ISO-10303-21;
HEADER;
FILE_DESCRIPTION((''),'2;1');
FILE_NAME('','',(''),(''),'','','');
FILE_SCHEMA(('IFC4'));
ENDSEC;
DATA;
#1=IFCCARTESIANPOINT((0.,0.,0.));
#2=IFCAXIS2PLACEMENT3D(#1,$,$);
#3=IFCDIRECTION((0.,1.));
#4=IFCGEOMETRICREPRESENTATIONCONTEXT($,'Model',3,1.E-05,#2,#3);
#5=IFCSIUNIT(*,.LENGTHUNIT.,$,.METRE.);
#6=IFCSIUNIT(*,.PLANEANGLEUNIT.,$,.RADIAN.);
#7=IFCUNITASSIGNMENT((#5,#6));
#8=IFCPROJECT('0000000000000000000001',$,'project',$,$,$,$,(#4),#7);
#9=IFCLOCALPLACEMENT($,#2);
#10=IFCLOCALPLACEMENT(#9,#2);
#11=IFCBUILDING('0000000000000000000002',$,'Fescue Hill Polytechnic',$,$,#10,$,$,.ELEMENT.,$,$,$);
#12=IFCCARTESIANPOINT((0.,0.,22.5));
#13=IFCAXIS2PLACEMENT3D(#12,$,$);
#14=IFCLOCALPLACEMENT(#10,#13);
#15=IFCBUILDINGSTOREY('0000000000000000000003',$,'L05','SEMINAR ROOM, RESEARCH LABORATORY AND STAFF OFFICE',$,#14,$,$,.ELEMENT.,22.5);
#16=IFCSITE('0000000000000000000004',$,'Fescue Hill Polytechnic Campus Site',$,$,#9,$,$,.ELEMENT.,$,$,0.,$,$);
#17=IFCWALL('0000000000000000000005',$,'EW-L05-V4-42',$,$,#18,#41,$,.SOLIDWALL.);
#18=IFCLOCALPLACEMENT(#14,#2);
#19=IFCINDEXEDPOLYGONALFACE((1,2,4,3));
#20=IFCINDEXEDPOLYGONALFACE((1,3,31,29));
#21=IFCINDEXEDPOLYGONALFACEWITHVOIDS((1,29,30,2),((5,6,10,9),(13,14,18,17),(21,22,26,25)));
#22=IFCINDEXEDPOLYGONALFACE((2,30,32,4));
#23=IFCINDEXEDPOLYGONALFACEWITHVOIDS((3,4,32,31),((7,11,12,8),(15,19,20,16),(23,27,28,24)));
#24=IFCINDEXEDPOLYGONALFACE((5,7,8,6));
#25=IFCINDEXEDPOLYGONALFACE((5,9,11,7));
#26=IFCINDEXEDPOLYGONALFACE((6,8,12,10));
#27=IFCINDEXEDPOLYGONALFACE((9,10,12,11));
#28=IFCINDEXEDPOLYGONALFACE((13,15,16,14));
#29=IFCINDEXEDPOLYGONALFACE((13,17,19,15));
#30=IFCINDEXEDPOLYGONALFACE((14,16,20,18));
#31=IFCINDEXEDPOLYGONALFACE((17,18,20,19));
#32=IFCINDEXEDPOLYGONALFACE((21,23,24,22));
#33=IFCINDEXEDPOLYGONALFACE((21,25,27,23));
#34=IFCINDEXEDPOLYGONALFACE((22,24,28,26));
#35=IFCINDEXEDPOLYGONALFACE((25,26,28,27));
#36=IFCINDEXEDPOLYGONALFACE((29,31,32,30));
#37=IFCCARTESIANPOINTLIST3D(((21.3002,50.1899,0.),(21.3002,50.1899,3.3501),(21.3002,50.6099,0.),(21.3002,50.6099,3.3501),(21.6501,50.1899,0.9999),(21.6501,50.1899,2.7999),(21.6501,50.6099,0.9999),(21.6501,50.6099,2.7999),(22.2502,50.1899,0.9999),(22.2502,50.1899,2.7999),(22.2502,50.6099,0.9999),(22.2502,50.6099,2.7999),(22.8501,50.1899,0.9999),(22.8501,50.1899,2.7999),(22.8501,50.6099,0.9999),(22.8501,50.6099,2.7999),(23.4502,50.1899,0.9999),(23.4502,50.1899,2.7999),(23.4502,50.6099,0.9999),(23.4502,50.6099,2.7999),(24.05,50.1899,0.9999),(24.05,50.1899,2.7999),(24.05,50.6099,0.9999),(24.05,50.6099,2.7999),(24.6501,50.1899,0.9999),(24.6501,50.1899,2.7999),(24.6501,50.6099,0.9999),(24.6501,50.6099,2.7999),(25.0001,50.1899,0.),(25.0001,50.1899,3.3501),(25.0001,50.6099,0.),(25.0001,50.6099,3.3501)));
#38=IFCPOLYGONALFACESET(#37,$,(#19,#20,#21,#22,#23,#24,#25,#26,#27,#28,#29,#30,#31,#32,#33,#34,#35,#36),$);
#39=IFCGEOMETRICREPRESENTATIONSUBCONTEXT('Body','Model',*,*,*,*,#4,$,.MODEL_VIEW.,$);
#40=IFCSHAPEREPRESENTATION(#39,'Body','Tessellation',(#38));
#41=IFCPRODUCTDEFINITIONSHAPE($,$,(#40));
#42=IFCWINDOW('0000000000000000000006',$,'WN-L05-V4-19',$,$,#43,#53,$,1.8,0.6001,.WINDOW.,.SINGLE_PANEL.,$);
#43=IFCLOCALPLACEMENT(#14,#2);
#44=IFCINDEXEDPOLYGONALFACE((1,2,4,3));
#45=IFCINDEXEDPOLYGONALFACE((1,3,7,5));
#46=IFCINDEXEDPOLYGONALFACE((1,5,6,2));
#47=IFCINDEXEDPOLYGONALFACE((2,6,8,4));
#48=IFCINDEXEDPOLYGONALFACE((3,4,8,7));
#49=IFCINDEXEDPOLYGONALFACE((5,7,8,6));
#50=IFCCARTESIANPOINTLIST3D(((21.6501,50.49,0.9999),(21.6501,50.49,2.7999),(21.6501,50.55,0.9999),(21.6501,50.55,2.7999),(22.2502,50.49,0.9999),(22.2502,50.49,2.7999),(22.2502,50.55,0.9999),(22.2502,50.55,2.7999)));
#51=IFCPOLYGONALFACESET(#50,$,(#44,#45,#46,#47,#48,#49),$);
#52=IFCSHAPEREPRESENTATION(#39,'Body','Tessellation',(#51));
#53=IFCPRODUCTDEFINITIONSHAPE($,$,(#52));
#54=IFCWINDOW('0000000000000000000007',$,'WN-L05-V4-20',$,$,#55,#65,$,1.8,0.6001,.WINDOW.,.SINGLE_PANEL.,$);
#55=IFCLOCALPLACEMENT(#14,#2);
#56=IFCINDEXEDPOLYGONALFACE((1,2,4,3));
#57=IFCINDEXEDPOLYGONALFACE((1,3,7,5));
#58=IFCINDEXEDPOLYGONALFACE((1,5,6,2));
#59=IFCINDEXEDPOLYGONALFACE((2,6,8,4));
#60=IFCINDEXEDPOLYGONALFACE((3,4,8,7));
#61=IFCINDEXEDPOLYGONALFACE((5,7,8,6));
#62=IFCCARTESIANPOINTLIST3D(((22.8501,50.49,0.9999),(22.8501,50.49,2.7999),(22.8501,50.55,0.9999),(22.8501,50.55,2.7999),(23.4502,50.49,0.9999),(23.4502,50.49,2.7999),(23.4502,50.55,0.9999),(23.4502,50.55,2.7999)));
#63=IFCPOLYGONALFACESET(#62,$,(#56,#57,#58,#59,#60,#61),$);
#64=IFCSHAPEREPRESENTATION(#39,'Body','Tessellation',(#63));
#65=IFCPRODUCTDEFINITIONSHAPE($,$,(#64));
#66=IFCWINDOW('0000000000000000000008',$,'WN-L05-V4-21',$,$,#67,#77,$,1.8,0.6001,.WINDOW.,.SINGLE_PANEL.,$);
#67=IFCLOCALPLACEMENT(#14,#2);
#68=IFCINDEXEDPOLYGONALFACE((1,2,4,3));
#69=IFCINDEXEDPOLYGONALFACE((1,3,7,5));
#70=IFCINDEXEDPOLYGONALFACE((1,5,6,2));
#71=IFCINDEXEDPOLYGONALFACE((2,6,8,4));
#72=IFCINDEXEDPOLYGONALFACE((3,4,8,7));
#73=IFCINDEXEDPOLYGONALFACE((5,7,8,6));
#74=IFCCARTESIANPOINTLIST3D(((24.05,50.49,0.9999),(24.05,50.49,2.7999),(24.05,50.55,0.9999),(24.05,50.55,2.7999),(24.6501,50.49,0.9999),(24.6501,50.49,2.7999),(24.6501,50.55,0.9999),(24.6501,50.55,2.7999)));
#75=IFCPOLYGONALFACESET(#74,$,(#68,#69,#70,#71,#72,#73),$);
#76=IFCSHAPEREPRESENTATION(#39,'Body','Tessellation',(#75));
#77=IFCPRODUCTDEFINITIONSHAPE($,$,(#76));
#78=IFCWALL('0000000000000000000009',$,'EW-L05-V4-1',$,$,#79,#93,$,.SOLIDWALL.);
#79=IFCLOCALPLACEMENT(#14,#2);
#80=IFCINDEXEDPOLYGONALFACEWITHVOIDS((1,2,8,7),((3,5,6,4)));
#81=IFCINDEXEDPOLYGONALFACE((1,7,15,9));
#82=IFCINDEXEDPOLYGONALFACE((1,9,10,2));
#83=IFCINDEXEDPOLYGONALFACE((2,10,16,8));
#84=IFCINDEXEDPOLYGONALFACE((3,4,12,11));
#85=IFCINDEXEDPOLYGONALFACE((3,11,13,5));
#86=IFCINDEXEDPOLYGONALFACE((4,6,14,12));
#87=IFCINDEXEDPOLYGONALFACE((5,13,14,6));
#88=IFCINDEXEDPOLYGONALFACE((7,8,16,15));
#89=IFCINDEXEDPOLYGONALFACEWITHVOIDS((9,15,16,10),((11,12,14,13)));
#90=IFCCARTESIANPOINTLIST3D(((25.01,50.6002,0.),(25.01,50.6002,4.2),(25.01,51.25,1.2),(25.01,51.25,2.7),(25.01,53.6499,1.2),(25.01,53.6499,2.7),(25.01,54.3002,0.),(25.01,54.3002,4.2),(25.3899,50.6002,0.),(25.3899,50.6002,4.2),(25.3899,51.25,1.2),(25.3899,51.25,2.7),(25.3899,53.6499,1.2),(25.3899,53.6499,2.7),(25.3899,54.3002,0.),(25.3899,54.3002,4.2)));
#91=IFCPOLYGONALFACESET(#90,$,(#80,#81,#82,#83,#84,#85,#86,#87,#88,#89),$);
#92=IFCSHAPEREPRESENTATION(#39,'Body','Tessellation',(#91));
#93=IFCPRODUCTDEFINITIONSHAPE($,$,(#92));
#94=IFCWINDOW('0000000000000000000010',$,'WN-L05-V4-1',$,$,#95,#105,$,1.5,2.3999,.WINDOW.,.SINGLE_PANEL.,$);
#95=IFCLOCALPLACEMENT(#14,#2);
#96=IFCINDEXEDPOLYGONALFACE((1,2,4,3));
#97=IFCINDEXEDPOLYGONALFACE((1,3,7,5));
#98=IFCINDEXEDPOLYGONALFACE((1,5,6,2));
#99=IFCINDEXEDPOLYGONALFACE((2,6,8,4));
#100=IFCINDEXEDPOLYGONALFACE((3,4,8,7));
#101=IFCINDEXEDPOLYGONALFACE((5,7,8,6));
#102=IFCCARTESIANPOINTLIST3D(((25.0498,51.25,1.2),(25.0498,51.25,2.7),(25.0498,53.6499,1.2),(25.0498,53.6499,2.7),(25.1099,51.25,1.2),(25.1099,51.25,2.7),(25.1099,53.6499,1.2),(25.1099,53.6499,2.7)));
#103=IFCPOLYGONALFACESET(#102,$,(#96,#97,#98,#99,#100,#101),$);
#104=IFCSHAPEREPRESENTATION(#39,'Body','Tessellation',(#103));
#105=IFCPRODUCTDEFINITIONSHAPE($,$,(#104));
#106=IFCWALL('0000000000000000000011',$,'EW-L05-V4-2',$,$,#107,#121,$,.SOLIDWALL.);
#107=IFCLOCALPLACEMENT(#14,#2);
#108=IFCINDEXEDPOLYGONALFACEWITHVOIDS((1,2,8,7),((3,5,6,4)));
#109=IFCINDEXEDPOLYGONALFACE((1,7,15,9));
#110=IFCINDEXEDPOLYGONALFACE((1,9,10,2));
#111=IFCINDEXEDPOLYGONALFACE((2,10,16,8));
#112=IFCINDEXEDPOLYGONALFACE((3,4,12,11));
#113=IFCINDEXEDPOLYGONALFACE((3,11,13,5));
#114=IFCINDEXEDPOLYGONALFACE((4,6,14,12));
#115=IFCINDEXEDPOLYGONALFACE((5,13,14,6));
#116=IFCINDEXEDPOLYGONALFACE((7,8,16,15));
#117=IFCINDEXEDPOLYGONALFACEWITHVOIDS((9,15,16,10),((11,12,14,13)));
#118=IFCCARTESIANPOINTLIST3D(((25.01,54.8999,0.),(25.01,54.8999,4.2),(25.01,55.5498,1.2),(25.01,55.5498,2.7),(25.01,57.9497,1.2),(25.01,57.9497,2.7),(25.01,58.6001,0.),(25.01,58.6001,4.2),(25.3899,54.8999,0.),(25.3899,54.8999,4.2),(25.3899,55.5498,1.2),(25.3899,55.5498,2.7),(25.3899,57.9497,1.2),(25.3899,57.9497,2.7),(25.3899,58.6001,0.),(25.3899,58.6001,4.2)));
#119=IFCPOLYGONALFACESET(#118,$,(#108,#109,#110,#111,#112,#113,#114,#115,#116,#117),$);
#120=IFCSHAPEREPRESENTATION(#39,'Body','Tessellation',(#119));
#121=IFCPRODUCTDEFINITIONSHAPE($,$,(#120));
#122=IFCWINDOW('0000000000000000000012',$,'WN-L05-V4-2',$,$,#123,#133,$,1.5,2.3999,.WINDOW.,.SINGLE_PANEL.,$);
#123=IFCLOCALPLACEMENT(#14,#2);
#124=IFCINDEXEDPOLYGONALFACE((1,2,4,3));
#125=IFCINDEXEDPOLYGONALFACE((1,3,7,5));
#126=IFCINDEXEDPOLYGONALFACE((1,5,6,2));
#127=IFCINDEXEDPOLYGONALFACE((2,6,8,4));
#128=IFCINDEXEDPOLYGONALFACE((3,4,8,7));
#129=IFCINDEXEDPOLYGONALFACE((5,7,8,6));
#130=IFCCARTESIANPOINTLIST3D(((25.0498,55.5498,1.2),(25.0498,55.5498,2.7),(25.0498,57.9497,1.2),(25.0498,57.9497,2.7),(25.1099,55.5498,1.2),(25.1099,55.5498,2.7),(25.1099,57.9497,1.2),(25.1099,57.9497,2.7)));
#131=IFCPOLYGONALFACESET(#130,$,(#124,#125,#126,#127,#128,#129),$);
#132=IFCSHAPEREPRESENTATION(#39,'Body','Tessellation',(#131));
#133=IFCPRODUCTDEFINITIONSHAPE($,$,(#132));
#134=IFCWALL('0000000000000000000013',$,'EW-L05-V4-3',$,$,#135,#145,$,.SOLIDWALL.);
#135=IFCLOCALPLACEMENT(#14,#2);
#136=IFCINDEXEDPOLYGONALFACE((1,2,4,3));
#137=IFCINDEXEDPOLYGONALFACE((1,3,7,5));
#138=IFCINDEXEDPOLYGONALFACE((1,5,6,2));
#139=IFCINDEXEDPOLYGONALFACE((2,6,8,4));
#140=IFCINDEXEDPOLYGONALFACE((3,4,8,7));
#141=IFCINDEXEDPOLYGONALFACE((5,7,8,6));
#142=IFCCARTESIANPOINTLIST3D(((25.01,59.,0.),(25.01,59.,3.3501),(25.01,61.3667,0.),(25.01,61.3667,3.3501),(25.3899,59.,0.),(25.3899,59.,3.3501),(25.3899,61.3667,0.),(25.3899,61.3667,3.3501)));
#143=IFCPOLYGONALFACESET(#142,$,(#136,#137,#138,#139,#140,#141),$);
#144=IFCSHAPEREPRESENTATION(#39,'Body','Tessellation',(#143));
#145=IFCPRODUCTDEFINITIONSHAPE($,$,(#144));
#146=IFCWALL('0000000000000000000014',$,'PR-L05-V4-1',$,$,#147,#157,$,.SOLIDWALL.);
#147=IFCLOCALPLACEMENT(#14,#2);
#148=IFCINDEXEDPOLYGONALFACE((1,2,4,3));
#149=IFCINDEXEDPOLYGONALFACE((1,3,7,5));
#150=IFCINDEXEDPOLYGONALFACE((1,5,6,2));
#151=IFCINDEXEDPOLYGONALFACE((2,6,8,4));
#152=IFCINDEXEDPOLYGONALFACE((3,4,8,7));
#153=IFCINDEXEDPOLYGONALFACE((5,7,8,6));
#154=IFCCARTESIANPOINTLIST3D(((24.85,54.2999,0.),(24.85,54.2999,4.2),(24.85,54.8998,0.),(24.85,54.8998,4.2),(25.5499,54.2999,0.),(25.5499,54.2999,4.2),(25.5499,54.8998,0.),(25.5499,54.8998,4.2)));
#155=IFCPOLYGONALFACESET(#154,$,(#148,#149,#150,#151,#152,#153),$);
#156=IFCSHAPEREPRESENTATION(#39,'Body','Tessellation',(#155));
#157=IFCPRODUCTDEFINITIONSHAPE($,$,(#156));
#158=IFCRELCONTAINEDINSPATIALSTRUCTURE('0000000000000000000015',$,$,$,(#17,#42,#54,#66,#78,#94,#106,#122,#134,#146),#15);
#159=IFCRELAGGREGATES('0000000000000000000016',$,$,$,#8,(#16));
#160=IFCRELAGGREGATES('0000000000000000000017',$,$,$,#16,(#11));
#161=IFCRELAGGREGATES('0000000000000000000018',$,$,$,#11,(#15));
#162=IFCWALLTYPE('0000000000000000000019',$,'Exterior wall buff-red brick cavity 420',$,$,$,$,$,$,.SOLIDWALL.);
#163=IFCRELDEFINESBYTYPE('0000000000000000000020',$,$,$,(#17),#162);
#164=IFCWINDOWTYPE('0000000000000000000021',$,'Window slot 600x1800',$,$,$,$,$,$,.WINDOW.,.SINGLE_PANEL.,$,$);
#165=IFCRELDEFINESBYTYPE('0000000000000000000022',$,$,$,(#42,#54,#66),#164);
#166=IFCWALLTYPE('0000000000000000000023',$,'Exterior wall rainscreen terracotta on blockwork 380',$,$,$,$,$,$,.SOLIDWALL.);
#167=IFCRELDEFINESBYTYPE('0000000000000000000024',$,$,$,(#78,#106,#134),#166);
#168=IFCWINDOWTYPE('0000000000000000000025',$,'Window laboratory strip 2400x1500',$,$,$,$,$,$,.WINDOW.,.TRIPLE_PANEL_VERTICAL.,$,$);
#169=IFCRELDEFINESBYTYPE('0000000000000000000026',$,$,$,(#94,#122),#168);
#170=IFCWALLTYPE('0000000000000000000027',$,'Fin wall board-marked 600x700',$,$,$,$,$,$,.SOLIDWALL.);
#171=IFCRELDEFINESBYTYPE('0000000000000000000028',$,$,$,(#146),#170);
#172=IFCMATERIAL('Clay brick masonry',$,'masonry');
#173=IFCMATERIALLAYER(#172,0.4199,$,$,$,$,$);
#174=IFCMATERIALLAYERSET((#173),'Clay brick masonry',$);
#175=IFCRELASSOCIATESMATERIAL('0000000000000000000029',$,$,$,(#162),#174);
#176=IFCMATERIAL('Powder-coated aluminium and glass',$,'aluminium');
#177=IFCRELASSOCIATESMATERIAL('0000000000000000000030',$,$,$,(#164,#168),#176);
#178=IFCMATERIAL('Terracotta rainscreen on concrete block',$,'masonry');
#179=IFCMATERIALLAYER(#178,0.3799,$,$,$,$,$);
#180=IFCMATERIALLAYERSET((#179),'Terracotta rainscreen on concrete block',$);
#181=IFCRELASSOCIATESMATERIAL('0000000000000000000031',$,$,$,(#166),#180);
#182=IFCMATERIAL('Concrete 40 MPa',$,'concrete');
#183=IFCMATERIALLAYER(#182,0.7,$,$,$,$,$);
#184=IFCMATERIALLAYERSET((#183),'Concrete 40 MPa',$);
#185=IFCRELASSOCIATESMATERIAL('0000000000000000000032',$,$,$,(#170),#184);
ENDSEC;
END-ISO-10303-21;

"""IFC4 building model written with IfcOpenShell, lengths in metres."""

from ifc_helpers import new_model, si_unit, direction, frame, frame_2d, origin, place, context, subcontext, project, spatial, rectangle, extrude, material, layer, layer_set, type_object, element, fill, save


model = new_model("IFC4")

# Units and contexts
model_context = context("Model", 3, precision=1e-05, world=origin(), true_north=direction((0.0, 1.0)))
body_context = subcontext(model_context, "Body", "Model", "MODEL_VIEW")
ifc_project = project(units=[si_unit("LENGTHUNIT", "METRE"), si_unit("PLANEANGLEUNIT", "RADIAN")], contexts=[model_context])

# Site, building, storey
site_placement = place(None, origin())
site = spatial("IfcSite", under=ifc_project, at=site_placement, Name="Fescue Hill Polytechnic Campus Site", CompositionType="ELEMENT", RefElevation=0.0)
building_placement = place(site_placement, origin())
building = spatial("IfcBuilding", under=site, at=building_placement, Name="Fescue Hill Polytechnic", CompositionType="ELEMENT")
storey_placement = place(building_placement, frame((0.0, 0.0, 22.5)))
storey = spatial("IfcBuildingStorey", under=building, at=storey_placement, Name="L05", Description="SEMINAR ROOM, RESEARCH LABORATORY AND STAFF OFFICE", CompositionType="ELEMENT", Elevation=22.5)

# Shared definitions
ifc_material_1 = material(Name="Concrete 40 MPa", Category="concrete")

# Shared definitions
ifc_material_2 = material(Name="Clay brick masonry", Category="masonry")

# Wall, openings, windows
ifc_layer_1 = layer(ifc_material_2, 0.4199)
ifc_layer_set_1 = layer_set([ifc_layer_1], Name="Clay brick masonry")
wall_type_1 = type_object("IfcWallType", Name="Exterior wall buff-red brick cavity 420", PredefinedType="SOLIDWALL", material=ifc_layer_set_1)
ifc_material_3 = material(Name="Powder-coated aluminium and glass", Category="aluminium")
window_type_1 = type_object("IfcWindowType", Name="Window slot 600x1800", PartitioningType="SINGLE_PANEL", PredefinedType="WINDOW", material=ifc_material_3)
wall_1_placement = place(storey_placement, frame((21.3, 50.3999, 0.0), z_axis=(0.0, 0.0, 1.0), x_axis=(1.0, 0.0, 0.0)))
wall_1 = element("IfcWall", 1, at=wall_1_placement, inside=storey, type_object=wall_type_1, Name="EW-L05-V4-42", PredefinedType="SOLIDWALL", context=body_context, shape_type="SweptSolid", body=[
    extrude(rectangle(XDim=3.7, YDim=0.4199, at=frame_2d((1.8501, 0.0))), origin(), (0.0, 0.0, 1.0), 3.3501),
])
opening_1_placement = place(wall_1_placement, frame((0.3501, 0.0, 1.0)))
opening_1 = element("IfcOpeningElement", 2, at=opening_1_placement, cuts=wall_1, PredefinedType="OPENING", context=body_context, shape_type="SweptSolid", body=[
    extrude(rectangle(XDim=0.6001, YDim=1.8, at=frame_2d((0.3, 0.8999))), frame((0.0, 0.22, 0.0), z_axis=(0.0, -1.0, 0.0), x_axis=(1.0, 0.0, 0.0)), (0.0, 0.0, 1.0), 0.4399),
])
opening_2_placement = place(wall_1_placement, frame((1.55, 0.0, 1.0)))
opening_2 = element("IfcOpeningElement", 3, at=opening_2_placement, cuts=wall_1, PredefinedType="OPENING", context=body_context, shape_type="SweptSolid", body=[
    extrude(rectangle(XDim=0.6001, YDim=1.8, at=frame_2d((0.3, 0.8999))), frame((0.0, 0.22, 0.0), z_axis=(0.0, -1.0, 0.0), x_axis=(1.0, 0.0, 0.0)), (0.0, 0.0, 1.0), 0.4399),
])
opening_3_placement = place(wall_1_placement, frame((2.75, 0.0, 1.0)))
opening_3 = element("IfcOpeningElement", 4, at=opening_3_placement, cuts=wall_1, PredefinedType="OPENING", context=body_context, shape_type="SweptSolid", body=[
    extrude(rectangle(XDim=0.6001, YDim=1.8, at=frame_2d((0.3, 0.8999))), frame((0.0, 0.22, 0.0), z_axis=(0.0, -1.0, 0.0), x_axis=(1.0, 0.0, 0.0)), (0.0, 0.0, 1.0), 0.4399),
])
window_1_placement = place(opening_1_placement, origin())
window_1 = element("IfcWindow", 5, at=window_1_placement, inside=storey, type_object=window_type_1, Name="WN-L05-V4-19", OverallHeight=1.8, OverallWidth=0.6001, PartitioningType="SINGLE_PANEL", PredefinedType="WINDOW", context=body_context, shape_type="SweptSolid", body=[
    extrude(rectangle(XDim=0.6001, YDim=1.8, at=frame_2d((0.3, 0.8999))), frame((0.0, 0.1501, 0.0), z_axis=(0.0, -1.0, 0.0), x_axis=(1.0, 0.0, 0.0)), (0.0, 0.0, 1.0), 0.0601),
])
fill(opening_1, window_1)
window_2_placement = place(opening_2_placement, origin())
window_2 = element("IfcWindow", 6, at=window_2_placement, inside=storey, type_object=window_type_1, Name="WN-L05-V4-20", OverallHeight=1.8, OverallWidth=0.6001, PartitioningType="SINGLE_PANEL", PredefinedType="WINDOW", context=body_context, shape_type="SweptSolid", body=[
    extrude(rectangle(XDim=0.6001, YDim=1.8, at=frame_2d((0.3, 0.8999))), frame((0.0, 0.1501, 0.0), z_axis=(0.0, -1.0, 0.0), x_axis=(1.0, 0.0, 0.0)), (0.0, 0.0, 1.0), 0.0601),
])
fill(opening_2, window_2)
window_3_placement = place(opening_3_placement, origin())
window_3 = element("IfcWindow", 7, at=window_3_placement, inside=storey, type_object=window_type_1, Name="WN-L05-V4-21", OverallHeight=1.8, OverallWidth=0.6001, PartitioningType="SINGLE_PANEL", PredefinedType="WINDOW", context=body_context, shape_type="SweptSolid", body=[
    extrude(rectangle(XDim=0.6001, YDim=1.8, at=frame_2d((0.3, 0.8999))), frame((0.0, 0.1501, 0.0), z_axis=(0.0, -1.0, 0.0), x_axis=(1.0, 0.0, 0.0)), (0.0, 0.0, 1.0), 0.0601),
])
fill(opening_3, window_3)

# Walls, openings, windows
ifc_material_4 = material(Name="Terracotta rainscreen on concrete block", Category="masonry")
ifc_layer_2 = layer(ifc_material_4, 0.3799)
ifc_layer_set_2 = layer_set([ifc_layer_2], Name="Terracotta rainscreen on concrete block")
wall_type_2 = type_object("IfcWallType", Name="Exterior wall rainscreen terracotta on blockwork 380", PredefinedType="SOLIDWALL", material=ifc_layer_set_2)
wall_2_placement = place(storey_placement, frame((25.2, 50.6001, 0.0), z_axis=(0.0, 0.0, 1.0), x_axis=(0.0, 1.0, 0.0)))
wall_2 = element("IfcWall", 8, at=wall_2_placement, inside=storey, type_object=wall_type_2, Name="EW-L05-V4-1", PredefinedType="SOLIDWALL", context=body_context, shape_type="SweptSolid", body=[
    extrude(rectangle(XDim=3.7, YDim=0.3799, at=frame_2d((1.8501, 0.0))), origin(), (0.0, 0.0, 1.0), 4.2),
])
opening_4_placement = place(wall_2_placement, frame((0.6499, 0.0, 1.2)))
opening_4 = element("IfcOpeningElement", 9, at=opening_4_placement, cuts=wall_2, PredefinedType="OPENING", context=body_context, shape_type="SweptSolid", body=[
    extrude(rectangle(XDim=2.3999, YDim=1.5, at=frame_2d((1.2, 0.75))), frame((0.0, 0.2, 0.0), z_axis=(0.0, -1.0, 0.0), x_axis=(1.0, 0.0, 0.0)), (0.0, 0.0, 1.0), 0.3999),
])
window_type_2 = type_object("IfcWindowType", Name="Window laboratory strip 2400x1500", PartitioningType="TRIPLE_PANEL_VERTICAL", PredefinedType="WINDOW", material=ifc_material_3)
window_4_placement = place(opening_4_placement, origin())
window_4 = element("IfcWindow", 10, at=window_4_placement, inside=storey, type_object=window_type_2, Name="WN-L05-V4-1", OverallHeight=1.5, OverallWidth=2.3999, PartitioningType="SINGLE_PANEL", PredefinedType="WINDOW", context=body_context, shape_type="SweptSolid", body=[
    extrude(rectangle(XDim=2.3999, YDim=1.5, at=frame_2d((1.2, 0.75))), frame((0.0, 0.1501, 0.0), z_axis=(0.0, -1.0, 0.0), x_axis=(1.0, 0.0, 0.0)), (0.0, 0.0, 1.0), 0.0601),
])
fill(opening_4, window_4)
wall_3_placement = place(storey_placement, frame((25.2, 54.8999, 0.0), z_axis=(0.0, 0.0, 1.0), x_axis=(0.0, 1.0, 0.0)))
wall_3 = element("IfcWall", 11, at=wall_3_placement, inside=storey, type_object=wall_type_2, Name="EW-L05-V4-2", PredefinedType="SOLIDWALL", context=body_context, shape_type="SweptSolid", body=[
    extrude(rectangle(XDim=3.7002, YDim=0.3799, at=frame_2d((1.8501, 0.0))), origin(), (0.0, 0.0, 1.0), 4.2),
])
opening_5_placement = place(wall_3_placement, frame((0.6499, 0.0, 1.2)))
opening_5 = element("IfcOpeningElement", 12, at=opening_5_placement, cuts=wall_3, PredefinedType="OPENING", context=body_context, shape_type="SweptSolid", body=[
    extrude(rectangle(XDim=2.3999, YDim=1.5, at=frame_2d((1.2, 0.75))), frame((0.0, 0.2, 0.0), z_axis=(0.0, -1.0, 0.0), x_axis=(1.0, 0.0, 0.0)), (0.0, 0.0, 1.0), 0.3999),
])
window_5_placement = place(opening_5_placement, origin())
window_5 = element("IfcWindow", 13, at=window_5_placement, inside=storey, type_object=window_type_2, Name="WN-L05-V4-2", OverallHeight=1.5, OverallWidth=2.3999, PartitioningType="SINGLE_PANEL", PredefinedType="WINDOW", context=body_context, shape_type="SweptSolid", body=[
    extrude(rectangle(XDim=2.3999, YDim=1.5, at=frame_2d((1.2, 0.75))), frame((0.0, 0.1501, 0.0), z_axis=(0.0, -1.0, 0.0), x_axis=(1.0, 0.0, 0.0)), (0.0, 0.0, 1.0), 0.0601),
])
fill(opening_5, window_5)

# Walls
wall_4_placement = place(storey_placement, frame((25.2, 59.0, 0.0), z_axis=(0.0, 0.0, 1.0), x_axis=(0.0, 1.0, 0.0)))
element("IfcWall", 14, at=wall_4_placement, inside=storey, type_object=wall_type_2, Name="EW-L05-V4-3", PredefinedType="SOLIDWALL", context=body_context, shape_type="SweptSolid", body=[
    extrude(rectangle(XDim=2.3667, YDim=0.3799, at=frame_2d((1.1833, 0.0))), origin(), (0.0, 0.0, 1.0), 3.3501),
])
ifc_layer_3 = layer(ifc_material_1, 0.7)
ifc_layer_set_3 = layer_set([ifc_layer_3], Name="Concrete 40 MPa")
wall_type_3 = type_object("IfcWallType", Name="Fin wall board-marked 600x700", PredefinedType="SOLIDWALL", material=ifc_layer_set_3)
wall_5_placement = place(storey_placement, frame((25.2, 54.3, 0.0), z_axis=(0.0, 0.0, 1.0), x_axis=(0.0, 1.0, 0.0)))
element("IfcWall", 15, at=wall_5_placement, inside=storey, type_object=wall_type_3, Name="PR-L05-V4-1", PredefinedType="SOLIDWALL", context=body_context, shape_type="SweptSolid", body=[
    extrude(rectangle(XDim=0.5999, YDim=0.7, at=frame_2d((0.2998, 0.0))), origin(), (0.0, 0.0, 1.0), 4.2),
])

save(model, "model.ifc")
